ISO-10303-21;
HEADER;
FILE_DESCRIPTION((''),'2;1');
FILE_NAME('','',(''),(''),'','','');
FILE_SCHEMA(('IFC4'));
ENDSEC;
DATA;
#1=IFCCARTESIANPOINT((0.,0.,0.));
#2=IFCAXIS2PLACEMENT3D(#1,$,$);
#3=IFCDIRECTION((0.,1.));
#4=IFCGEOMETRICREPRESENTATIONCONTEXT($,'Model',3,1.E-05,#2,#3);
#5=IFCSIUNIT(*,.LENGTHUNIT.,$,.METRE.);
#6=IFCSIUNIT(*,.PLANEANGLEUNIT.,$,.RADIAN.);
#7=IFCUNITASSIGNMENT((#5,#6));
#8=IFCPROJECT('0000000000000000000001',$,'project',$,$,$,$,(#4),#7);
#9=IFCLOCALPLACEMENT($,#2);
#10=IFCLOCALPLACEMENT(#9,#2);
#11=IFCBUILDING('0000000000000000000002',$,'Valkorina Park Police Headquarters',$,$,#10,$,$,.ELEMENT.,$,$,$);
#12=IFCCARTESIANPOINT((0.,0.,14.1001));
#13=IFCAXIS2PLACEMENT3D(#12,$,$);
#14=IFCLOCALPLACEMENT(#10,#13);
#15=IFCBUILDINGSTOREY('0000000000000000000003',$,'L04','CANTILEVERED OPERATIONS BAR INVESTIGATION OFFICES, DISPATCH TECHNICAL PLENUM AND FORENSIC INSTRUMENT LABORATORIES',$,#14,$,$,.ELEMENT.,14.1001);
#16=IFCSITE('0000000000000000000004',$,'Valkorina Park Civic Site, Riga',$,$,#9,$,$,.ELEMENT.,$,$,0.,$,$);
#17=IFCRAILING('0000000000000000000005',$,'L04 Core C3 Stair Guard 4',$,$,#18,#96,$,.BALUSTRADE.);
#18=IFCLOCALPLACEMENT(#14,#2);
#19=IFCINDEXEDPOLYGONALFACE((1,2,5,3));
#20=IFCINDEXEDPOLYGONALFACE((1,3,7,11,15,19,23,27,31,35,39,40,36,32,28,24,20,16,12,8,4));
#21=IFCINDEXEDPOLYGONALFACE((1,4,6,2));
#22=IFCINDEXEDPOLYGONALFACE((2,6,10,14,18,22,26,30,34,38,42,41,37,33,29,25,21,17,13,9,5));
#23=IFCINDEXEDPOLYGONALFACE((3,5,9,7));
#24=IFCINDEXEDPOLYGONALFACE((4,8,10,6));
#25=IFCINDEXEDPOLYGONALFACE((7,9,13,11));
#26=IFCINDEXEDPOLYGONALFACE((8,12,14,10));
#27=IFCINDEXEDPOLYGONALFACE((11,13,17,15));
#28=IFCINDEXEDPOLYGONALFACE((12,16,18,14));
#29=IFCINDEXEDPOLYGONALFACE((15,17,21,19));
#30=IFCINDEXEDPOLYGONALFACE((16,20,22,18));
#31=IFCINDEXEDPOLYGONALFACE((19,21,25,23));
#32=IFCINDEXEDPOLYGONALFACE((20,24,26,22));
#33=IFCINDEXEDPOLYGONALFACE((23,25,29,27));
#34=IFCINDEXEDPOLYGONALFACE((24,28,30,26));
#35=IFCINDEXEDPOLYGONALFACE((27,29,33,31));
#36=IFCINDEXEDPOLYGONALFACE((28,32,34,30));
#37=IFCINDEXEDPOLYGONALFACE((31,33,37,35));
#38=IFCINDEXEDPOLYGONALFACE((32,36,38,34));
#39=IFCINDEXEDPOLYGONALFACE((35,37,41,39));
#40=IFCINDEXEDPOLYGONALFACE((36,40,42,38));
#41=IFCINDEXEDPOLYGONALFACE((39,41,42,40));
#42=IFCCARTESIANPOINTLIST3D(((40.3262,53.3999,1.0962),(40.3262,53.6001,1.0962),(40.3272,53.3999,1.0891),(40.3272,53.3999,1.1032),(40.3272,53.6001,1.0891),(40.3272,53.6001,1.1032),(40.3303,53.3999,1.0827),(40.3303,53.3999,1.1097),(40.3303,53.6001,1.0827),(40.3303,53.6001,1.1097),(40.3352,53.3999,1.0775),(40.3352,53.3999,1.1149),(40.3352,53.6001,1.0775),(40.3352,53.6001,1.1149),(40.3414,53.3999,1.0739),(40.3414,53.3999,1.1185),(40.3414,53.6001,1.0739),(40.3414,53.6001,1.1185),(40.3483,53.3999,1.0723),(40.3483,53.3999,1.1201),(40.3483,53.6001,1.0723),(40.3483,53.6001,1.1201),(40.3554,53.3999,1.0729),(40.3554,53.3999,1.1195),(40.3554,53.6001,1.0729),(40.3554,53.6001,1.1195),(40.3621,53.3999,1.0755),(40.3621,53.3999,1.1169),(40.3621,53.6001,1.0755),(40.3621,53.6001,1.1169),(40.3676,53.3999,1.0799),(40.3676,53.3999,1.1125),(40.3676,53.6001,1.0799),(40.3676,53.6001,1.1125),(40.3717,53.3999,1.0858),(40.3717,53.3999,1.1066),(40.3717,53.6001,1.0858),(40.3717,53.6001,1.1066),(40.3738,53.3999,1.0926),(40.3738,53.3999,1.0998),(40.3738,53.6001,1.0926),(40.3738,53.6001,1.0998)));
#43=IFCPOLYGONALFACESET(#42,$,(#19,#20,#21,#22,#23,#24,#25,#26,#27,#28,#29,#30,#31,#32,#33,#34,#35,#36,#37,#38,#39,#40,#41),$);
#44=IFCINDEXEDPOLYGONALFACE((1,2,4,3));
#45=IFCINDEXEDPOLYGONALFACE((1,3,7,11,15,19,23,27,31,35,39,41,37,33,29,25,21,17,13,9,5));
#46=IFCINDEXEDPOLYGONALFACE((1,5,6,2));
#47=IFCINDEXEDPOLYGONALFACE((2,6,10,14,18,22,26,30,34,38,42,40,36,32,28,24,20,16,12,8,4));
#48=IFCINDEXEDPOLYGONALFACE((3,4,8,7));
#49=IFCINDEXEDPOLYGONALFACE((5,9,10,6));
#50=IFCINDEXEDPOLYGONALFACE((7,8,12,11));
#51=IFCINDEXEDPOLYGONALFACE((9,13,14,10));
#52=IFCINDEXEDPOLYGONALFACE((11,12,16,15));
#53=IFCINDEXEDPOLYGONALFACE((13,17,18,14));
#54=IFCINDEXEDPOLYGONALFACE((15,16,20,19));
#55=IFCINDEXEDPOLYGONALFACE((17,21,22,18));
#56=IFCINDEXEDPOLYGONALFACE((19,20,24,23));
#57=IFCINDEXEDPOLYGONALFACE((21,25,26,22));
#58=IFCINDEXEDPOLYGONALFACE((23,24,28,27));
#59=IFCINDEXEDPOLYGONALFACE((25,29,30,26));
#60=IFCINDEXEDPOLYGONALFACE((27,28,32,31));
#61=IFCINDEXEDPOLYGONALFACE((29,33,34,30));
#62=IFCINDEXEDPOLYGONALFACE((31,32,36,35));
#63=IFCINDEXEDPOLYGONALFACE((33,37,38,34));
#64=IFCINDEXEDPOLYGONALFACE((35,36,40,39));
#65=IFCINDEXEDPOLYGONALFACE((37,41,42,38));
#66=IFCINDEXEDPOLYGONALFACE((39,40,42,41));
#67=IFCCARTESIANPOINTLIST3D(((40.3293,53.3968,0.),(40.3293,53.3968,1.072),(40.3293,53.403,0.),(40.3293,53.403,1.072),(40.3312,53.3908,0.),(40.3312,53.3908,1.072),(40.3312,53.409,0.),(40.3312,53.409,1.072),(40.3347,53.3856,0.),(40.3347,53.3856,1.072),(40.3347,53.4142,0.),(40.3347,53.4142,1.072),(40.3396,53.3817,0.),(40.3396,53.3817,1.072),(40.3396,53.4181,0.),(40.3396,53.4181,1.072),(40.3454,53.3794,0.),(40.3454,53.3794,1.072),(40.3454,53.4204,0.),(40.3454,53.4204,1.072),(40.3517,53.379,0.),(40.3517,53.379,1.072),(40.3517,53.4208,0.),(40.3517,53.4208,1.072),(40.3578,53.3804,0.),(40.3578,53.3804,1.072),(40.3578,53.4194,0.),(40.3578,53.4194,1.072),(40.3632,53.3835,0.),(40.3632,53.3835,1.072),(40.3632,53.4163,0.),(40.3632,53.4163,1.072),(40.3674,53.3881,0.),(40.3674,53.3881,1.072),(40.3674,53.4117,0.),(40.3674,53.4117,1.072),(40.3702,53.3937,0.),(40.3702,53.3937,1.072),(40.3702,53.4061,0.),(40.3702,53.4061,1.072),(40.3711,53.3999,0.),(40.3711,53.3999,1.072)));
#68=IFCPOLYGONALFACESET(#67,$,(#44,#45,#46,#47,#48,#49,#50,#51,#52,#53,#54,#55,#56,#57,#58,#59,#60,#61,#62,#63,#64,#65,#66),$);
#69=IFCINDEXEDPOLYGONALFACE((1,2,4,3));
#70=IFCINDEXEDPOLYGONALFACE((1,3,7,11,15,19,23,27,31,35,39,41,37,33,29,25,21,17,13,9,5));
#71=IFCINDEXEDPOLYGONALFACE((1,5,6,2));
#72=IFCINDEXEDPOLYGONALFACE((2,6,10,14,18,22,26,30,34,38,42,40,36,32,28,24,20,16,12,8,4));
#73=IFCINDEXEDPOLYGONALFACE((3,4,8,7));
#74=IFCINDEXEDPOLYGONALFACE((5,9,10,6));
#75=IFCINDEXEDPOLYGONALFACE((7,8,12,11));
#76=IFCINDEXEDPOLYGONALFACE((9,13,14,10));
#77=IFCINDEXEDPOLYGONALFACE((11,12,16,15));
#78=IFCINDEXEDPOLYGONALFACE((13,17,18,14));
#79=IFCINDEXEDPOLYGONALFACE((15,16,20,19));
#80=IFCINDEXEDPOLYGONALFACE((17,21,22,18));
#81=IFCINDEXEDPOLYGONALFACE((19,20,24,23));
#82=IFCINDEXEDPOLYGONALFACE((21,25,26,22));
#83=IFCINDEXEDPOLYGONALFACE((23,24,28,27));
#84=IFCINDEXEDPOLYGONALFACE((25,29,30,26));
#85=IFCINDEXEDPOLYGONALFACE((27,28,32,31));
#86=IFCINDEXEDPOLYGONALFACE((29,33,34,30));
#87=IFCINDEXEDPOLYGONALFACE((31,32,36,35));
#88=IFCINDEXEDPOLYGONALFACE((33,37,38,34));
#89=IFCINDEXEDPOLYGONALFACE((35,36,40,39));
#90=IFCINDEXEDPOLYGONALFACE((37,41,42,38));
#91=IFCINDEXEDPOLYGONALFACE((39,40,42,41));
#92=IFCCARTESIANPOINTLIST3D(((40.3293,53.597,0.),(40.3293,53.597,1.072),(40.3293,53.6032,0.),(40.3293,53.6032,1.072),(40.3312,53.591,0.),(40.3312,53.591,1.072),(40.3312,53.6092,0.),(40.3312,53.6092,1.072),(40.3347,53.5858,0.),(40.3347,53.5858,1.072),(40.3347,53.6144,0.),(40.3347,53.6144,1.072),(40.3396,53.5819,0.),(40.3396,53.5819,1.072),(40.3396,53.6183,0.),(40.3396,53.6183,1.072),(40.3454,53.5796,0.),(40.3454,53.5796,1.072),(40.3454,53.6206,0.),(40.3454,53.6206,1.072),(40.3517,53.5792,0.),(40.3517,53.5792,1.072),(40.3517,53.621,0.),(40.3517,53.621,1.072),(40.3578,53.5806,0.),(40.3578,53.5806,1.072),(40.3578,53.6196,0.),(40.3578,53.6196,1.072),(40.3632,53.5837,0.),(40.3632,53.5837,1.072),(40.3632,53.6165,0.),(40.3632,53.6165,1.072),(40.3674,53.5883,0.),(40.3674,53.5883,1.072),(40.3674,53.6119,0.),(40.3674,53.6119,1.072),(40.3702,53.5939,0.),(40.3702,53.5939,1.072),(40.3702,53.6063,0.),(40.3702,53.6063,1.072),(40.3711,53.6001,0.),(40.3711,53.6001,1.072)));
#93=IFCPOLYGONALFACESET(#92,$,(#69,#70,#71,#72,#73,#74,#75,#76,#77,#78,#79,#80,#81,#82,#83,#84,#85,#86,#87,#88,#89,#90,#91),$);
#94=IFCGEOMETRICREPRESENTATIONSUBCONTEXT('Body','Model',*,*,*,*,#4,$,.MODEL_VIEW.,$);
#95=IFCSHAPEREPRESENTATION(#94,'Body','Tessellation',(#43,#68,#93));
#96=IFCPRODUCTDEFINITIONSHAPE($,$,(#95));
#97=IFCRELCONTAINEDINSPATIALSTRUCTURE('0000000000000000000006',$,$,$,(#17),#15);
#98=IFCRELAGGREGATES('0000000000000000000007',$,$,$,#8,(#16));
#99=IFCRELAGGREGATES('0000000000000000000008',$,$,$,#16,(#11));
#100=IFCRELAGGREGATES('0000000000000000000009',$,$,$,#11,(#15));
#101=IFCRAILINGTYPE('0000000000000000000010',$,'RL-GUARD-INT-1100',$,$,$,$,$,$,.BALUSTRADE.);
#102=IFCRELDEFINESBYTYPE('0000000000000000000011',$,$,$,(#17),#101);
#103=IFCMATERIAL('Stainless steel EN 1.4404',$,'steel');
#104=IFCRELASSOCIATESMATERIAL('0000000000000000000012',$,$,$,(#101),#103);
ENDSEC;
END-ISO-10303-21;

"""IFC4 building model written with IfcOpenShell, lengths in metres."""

from ifc_helpers import new_model, si_unit, direction, frame, origin, origin_2d, place, context, subcontext, project, spatial, circle, extrude, material, type_object, element, save


model = new_model("IFC4")

# Units and contexts
model_context = context("Model", 3, precision=1e-05, world=origin(), true_north=direction((0.0, 1.0)))
body_context = subcontext(model_context, "Body", "Model", "MODEL_VIEW")
ifc_project = project(units=[si_unit("LENGTHUNIT", "METRE"), si_unit("PLANEANGLEUNIT", "RADIAN")], contexts=[model_context])

# Site, building, storey
site_placement = place(None, origin())
site = spatial("IfcSite", under=ifc_project, at=site_placement, Name="Valkorina Park Civic Site, Riga", CompositionType="ELEMENT", RefElevation=0.0)
building_placement = place(site_placement, origin())
building = spatial("IfcBuilding", under=site, at=building_placement, Name="Valkorina Park Police Headquarters", CompositionType="ELEMENT")
storey_placement = place(building_placement, frame((0.0, 0.0, 14.1001)))
storey = spatial("IfcBuildingStorey", under=building, at=storey_placement, Name="L04", Description="CANTILEVERED OPERATIONS BAR INVESTIGATION OFFICES, DISPATCH TECHNICAL PLENUM AND FORENSIC INSTRUMENT LABORATORIES", CompositionType="ELEMENT", Elevation=14.1001)

# Railing
ifc_material_1 = material(Name="Stainless steel EN 1.4404", Category="steel")
railing_type_1 = type_object("IfcRailingType", Name="RL-GUARD-INT-1100", PredefinedType="BALUSTRADE", material=ifc_material_1)
railing_1_placement = place(storey_placement, frame((40.3501, 53.3999, 0.0)))
element("IfcRailing", 1, at=railing_1_placement, inside=storey, type_object=railing_type_1, Name="L04 Core C3 Stair Guard 4", PredefinedType="BALUSTRADE", context=body_context, shape_type="SweptSolid", body=[
    extrude(circle(Radius=0.0239, at=origin_2d()), frame((0.0, 0.0, 1.0962), z_axis=(0.0, 1.0, 0.0), x_axis=(-1.0, 0.0, 0.0)), (0.0, 0.0, 1.0), 0.2002),
    extrude(circle(Radius=0.021, at=origin_2d()), origin(), (0.0, 0.0, 1.0), 1.072),
    extrude(circle(Radius=0.021, at=origin_2d()), frame((0.0, 0.2002, 0.0)), (0.0, 0.0, 1.0), 1.072),
])

save(model, "model.ifc")
